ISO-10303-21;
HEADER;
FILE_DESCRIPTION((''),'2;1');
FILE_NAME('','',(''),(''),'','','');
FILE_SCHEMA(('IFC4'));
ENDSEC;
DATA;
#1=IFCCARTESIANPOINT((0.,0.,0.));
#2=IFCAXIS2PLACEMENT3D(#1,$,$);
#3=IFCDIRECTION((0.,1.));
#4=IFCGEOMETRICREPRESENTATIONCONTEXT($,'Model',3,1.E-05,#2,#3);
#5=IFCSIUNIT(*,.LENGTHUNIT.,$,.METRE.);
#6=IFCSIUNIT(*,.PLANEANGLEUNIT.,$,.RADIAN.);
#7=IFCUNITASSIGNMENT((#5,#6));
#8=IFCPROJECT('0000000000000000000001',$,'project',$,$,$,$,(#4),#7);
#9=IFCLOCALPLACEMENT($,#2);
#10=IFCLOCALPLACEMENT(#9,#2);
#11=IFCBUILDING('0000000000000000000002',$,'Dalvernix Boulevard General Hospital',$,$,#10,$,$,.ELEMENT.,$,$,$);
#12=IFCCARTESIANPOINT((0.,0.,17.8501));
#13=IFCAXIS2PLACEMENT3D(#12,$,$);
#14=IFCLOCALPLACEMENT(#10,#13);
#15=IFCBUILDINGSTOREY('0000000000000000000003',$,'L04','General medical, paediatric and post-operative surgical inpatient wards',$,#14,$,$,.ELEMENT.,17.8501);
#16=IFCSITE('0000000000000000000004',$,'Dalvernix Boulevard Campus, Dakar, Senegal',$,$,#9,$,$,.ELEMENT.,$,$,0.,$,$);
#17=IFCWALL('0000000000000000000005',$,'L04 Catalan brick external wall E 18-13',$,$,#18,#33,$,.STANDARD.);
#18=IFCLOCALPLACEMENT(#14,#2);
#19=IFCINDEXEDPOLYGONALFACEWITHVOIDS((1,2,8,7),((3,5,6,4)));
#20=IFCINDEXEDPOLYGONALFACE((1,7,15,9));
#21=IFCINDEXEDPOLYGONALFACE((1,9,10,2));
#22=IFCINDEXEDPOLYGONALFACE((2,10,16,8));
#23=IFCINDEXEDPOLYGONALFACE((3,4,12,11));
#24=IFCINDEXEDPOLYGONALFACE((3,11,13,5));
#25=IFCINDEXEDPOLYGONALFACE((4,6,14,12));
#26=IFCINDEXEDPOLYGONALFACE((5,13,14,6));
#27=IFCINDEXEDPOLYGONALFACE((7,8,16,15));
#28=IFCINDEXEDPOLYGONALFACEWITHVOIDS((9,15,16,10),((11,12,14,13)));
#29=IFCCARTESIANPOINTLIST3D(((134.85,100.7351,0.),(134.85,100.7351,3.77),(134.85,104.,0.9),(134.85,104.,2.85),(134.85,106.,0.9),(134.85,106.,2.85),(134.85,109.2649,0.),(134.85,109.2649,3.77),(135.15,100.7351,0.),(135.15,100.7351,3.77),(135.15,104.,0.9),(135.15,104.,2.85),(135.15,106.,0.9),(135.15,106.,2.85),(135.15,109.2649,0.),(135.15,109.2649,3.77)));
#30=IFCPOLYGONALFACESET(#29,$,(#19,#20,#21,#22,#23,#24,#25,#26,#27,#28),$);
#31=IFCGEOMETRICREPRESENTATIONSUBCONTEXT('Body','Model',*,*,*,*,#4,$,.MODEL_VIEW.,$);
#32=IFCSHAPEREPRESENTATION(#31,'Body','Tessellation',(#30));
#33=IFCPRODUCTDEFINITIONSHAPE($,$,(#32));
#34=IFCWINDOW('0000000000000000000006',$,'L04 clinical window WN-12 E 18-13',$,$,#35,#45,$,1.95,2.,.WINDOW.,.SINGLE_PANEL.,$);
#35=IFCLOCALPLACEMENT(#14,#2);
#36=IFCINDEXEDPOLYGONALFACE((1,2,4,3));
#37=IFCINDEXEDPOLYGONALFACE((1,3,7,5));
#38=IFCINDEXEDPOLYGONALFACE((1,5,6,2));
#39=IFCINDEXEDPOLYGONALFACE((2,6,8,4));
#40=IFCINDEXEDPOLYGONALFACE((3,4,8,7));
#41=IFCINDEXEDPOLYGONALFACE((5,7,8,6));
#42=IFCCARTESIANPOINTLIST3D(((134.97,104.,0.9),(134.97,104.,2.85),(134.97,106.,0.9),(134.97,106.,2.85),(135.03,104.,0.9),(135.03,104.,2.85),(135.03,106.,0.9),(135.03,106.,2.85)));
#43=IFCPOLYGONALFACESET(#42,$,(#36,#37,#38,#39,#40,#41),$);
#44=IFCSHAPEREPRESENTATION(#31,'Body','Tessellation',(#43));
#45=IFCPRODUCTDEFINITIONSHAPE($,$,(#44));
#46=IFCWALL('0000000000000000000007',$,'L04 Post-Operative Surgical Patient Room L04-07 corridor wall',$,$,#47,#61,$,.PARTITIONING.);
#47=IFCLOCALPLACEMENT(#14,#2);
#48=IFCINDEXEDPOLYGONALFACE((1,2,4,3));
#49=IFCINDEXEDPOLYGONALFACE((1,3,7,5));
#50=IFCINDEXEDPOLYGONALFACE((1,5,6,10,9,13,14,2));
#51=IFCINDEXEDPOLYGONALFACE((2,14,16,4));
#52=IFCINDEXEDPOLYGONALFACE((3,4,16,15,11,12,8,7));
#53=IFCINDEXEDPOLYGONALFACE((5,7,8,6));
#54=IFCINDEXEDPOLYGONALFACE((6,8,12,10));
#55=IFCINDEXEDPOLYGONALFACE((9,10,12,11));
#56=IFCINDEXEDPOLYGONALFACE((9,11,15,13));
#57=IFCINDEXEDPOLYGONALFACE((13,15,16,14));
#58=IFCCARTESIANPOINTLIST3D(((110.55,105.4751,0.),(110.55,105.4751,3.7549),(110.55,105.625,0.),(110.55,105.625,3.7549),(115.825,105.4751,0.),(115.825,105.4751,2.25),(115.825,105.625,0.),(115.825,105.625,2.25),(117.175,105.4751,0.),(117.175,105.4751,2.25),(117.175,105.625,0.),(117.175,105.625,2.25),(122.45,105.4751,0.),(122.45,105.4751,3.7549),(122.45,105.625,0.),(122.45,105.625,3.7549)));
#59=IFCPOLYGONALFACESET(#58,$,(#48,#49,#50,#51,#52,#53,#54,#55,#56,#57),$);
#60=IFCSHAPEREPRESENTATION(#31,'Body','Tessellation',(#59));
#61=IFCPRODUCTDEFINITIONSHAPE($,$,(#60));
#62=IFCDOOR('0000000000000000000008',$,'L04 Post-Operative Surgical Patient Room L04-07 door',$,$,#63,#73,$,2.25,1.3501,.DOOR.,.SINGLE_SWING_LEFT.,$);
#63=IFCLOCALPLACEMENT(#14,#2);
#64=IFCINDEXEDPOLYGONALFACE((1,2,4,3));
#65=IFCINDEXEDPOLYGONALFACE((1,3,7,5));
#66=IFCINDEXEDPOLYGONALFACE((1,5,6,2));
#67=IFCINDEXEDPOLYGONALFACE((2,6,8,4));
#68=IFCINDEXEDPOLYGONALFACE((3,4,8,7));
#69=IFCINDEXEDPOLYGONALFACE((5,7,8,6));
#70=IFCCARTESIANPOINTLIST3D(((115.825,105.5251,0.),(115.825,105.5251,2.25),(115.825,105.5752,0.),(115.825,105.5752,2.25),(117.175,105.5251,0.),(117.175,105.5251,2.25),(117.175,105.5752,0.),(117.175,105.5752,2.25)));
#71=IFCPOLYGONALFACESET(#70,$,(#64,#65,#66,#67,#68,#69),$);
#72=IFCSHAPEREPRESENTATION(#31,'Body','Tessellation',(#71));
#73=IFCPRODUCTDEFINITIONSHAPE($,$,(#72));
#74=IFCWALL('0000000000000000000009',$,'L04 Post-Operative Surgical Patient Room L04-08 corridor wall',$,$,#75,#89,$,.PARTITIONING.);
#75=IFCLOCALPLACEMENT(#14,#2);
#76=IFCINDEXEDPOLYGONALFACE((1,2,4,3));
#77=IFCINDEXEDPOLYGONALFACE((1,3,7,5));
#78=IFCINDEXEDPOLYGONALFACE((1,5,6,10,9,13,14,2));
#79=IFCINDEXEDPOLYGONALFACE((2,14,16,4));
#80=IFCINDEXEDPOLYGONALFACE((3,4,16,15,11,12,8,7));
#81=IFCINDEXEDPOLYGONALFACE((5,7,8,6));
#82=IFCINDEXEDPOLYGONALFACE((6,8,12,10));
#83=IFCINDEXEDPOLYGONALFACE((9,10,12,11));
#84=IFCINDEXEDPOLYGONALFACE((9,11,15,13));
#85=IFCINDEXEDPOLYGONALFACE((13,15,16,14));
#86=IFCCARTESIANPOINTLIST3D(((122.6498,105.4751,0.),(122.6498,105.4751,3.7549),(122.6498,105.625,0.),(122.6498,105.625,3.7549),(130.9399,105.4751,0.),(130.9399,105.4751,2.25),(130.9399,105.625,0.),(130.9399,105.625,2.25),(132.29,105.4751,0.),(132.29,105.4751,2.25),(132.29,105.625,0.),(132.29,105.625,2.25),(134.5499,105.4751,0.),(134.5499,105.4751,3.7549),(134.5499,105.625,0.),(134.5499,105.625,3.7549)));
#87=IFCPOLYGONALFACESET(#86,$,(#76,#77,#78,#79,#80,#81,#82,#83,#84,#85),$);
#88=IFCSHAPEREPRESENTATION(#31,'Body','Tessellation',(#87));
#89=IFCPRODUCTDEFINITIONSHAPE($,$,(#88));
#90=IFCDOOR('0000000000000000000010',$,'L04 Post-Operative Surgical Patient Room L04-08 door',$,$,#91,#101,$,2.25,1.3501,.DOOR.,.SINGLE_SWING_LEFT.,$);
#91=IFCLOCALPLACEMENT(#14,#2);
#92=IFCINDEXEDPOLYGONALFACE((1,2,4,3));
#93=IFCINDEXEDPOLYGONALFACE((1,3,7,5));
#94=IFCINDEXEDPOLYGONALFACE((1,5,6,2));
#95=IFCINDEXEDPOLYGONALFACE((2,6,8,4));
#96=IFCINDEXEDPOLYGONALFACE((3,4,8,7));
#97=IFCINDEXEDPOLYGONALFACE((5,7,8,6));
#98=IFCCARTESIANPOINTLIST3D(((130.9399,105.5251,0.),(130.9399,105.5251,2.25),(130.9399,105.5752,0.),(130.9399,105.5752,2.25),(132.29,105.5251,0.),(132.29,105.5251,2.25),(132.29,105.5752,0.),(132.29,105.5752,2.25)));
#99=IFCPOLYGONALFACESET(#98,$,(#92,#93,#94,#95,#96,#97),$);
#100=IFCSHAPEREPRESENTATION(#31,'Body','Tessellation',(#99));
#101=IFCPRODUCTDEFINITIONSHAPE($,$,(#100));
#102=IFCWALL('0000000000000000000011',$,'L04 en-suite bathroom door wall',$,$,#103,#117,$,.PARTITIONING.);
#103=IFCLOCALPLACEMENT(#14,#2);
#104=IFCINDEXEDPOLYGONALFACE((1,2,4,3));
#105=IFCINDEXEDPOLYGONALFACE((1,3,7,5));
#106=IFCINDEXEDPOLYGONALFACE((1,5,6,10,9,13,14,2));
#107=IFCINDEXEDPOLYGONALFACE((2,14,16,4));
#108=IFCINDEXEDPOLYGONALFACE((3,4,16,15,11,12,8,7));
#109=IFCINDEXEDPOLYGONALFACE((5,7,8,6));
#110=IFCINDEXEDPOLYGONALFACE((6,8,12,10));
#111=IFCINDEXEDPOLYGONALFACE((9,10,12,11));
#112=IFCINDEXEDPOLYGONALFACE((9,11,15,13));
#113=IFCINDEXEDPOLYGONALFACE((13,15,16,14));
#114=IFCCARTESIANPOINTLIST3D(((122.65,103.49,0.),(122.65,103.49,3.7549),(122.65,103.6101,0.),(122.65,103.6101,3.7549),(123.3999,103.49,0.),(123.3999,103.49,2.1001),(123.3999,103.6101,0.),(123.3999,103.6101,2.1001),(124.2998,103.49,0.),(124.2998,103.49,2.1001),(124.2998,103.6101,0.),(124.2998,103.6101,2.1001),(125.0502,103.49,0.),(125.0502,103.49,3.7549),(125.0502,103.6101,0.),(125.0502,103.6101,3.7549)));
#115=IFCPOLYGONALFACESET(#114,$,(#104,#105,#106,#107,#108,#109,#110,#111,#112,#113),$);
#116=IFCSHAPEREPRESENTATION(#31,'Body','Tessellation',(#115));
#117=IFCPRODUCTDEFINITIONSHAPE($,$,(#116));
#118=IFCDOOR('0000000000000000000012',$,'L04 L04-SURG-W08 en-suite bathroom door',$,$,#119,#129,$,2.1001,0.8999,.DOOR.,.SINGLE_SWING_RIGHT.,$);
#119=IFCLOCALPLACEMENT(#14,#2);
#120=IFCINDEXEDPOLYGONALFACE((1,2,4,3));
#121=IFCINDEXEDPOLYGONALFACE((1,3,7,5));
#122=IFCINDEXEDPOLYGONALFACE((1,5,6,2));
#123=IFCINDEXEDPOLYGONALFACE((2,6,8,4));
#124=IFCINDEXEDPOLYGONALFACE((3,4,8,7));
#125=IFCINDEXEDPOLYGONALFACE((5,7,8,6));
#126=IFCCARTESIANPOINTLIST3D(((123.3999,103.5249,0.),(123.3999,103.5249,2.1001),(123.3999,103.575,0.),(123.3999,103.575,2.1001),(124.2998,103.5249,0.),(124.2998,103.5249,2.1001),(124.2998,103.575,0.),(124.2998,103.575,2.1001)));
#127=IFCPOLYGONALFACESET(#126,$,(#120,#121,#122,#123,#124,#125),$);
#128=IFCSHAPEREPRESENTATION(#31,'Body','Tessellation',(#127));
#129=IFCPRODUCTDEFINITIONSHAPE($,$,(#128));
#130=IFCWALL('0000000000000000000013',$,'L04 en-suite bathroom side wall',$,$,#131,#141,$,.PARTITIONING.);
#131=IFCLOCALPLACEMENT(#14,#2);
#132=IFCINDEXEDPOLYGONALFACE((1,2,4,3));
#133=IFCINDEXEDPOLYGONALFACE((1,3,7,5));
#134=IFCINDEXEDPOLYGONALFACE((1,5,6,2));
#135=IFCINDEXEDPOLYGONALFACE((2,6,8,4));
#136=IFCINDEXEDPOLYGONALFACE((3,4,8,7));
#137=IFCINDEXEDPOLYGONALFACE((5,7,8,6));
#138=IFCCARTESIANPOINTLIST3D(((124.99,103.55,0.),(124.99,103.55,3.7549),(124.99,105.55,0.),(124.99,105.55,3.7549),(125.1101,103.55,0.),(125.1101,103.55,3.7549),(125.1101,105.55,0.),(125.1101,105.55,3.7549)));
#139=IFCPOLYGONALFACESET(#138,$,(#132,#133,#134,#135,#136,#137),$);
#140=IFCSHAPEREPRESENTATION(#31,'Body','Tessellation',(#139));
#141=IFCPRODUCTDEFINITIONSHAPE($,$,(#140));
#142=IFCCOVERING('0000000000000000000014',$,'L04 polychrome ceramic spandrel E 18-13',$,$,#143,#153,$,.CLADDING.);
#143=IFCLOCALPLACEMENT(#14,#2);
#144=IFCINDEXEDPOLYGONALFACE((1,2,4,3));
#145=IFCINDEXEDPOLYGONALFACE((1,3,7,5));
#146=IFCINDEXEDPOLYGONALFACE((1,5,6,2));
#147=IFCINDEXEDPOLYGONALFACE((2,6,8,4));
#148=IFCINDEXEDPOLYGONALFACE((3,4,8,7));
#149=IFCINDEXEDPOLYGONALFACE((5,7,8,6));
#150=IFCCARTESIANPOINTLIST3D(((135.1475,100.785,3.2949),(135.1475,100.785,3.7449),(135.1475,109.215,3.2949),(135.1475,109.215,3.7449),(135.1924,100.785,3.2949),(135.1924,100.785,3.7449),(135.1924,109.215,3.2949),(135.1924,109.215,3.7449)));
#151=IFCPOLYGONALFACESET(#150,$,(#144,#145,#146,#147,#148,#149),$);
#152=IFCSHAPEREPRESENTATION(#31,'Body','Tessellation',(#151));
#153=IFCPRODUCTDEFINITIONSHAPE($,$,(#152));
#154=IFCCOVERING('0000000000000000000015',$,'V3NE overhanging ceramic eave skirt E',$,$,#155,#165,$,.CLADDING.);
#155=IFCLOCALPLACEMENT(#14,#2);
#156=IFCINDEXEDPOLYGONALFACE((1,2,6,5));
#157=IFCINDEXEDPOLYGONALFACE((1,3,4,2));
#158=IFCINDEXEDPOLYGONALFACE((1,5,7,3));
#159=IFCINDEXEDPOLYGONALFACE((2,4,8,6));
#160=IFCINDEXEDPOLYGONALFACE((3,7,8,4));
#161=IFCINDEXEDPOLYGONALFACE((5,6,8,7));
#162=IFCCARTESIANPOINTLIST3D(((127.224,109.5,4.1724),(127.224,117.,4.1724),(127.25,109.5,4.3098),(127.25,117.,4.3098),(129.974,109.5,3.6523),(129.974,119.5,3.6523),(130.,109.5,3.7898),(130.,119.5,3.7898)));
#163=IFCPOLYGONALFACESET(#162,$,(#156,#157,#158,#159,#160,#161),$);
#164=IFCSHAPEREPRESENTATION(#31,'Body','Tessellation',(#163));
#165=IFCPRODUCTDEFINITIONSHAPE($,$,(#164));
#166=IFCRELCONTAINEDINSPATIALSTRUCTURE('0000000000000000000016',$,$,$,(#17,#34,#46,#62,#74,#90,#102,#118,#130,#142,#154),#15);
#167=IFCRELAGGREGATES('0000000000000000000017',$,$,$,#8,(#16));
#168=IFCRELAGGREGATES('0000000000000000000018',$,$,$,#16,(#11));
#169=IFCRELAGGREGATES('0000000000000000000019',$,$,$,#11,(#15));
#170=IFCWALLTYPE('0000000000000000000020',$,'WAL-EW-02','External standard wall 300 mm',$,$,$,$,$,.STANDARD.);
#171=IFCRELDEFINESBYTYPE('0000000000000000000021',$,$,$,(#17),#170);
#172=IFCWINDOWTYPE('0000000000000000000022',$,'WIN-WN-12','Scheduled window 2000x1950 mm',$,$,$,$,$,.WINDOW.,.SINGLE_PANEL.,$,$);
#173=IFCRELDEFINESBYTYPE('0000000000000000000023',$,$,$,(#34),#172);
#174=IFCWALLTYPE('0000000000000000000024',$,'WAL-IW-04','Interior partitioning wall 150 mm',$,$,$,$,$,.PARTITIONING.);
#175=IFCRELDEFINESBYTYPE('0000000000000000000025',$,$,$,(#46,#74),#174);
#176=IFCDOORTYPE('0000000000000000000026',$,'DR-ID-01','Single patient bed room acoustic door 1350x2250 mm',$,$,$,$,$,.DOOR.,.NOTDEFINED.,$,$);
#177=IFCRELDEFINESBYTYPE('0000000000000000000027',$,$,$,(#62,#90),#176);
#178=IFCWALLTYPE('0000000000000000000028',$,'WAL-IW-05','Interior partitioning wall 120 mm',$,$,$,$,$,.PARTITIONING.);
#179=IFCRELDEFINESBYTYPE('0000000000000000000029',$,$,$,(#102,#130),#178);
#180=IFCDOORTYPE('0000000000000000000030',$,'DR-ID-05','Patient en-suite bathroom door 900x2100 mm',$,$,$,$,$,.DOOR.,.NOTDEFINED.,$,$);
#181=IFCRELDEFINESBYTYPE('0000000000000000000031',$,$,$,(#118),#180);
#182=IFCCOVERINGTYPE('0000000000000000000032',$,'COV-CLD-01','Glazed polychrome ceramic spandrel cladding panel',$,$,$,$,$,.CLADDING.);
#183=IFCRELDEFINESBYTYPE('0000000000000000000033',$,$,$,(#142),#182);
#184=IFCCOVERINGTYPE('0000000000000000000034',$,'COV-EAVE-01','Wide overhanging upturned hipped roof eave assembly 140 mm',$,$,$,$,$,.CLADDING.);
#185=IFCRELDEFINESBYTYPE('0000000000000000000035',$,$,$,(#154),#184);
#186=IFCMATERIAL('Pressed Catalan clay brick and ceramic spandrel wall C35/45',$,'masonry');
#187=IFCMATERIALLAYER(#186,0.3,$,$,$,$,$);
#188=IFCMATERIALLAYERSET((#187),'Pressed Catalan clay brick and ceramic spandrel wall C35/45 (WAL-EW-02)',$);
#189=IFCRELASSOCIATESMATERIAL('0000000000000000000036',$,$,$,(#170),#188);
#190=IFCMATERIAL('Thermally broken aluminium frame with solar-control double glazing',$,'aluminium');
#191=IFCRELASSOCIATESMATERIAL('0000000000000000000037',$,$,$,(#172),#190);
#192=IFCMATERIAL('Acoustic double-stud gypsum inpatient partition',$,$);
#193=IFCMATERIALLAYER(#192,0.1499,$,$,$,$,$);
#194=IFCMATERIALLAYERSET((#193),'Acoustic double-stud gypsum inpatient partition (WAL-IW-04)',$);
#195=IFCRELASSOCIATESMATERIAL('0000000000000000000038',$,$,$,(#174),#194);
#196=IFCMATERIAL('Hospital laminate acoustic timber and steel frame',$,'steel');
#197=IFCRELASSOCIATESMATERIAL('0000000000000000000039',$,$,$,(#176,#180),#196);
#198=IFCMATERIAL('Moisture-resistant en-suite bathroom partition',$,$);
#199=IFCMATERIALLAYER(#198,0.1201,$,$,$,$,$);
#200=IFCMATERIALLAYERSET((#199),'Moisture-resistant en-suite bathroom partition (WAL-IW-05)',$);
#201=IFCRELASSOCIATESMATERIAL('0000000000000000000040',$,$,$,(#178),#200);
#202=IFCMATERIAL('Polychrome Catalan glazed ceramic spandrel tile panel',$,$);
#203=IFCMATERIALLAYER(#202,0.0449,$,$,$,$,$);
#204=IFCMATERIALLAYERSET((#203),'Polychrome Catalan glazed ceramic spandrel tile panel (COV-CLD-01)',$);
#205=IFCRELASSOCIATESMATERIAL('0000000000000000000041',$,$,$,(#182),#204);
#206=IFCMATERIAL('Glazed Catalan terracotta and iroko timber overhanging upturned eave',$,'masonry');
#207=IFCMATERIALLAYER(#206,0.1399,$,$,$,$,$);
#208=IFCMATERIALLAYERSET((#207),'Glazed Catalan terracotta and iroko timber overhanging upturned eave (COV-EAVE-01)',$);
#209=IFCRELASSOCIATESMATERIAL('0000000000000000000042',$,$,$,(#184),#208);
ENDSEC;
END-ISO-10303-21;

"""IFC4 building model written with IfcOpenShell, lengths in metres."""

from ifc_helpers import new_model, si_unit, direction, frame, frame_2d, origin, origin_2d, place, context, subcontext, project, spatial, polyline, rectangle, outline, extrude, material, layer, layer_set, type_object, element, fill, save


model = new_model("IFC4")

# Units and contexts
model_context = context("Model", 3, precision=1e-05, world=origin(), true_north=direction((0.0, 1.0)))
body_context = subcontext(model_context, "Body", "Model", "MODEL_VIEW")
ifc_project = project(units=[si_unit("LENGTHUNIT", "METRE"), si_unit("PLANEANGLEUNIT", "RADIAN")], contexts=[model_context])

# Site, building, storey
site_placement = place(None, origin())
site = spatial("IfcSite", under=ifc_project, at=site_placement, Name="Dalvernix Boulevard Campus, Dakar, Senegal", CompositionType="ELEMENT", RefElevation=0.0)
building_placement = place(site_placement, origin())
building = spatial("IfcBuilding", under=site, at=building_placement, Name="Dalvernix Boulevard General Hospital", CompositionType="ELEMENT")
storey_placement = place(building_placement, frame((0.0, 0.0, 17.8501)))
storey = spatial("IfcBuildingStorey", under=building, at=storey_placement, Name="L04", Description="General medical, paediatric and post-operative surgical inpatient wards", CompositionType="ELEMENT", Elevation=17.8501)

# Wall, opening, window
ifc_material_1 = material(Name="Pressed Catalan clay brick and ceramic spandrel wall C35/45", Category="masonry")
ifc_layer_1 = layer(ifc_material_1, 0.3)
ifc_layer_set_1 = layer_set([ifc_layer_1], Name="Pressed Catalan clay brick and ceramic spandrel wall C35/45 (WAL-EW-02)")
wall_type_1 = type_object("IfcWallType", Name="WAL-EW-02", Description="External standard wall 300 mm", PredefinedType="STANDARD", material=ifc_layer_set_1)
wall_1_placement = place(storey_placement, frame((135.0, 109.2649, 0.0), z_axis=(0.0, 0.0, 1.0), x_axis=(0.0, -1.0, 0.0)))
wall_1 = element("IfcWall", 1, at=wall_1_placement, inside=storey, type_object=wall_type_1, Name="L04 Catalan brick external wall E 18-13", PredefinedType="STANDARD", context=body_context, shape_type="SweptSolid", body=[
    extrude(rectangle(XDim=8.5298, YDim=0.3, at=frame_2d((4.2649, 0.0))), origin(), (0.0, 0.0, 1.0), 3.77),
])
opening_1_placement = place(wall_1_placement, frame((3.2649, 0.0, 0.8999)))
opening_1 = element("IfcOpeningElement", 2, at=opening_1_placement, cuts=wall_1, PredefinedType="OPENING", context=body_context, shape_type="SweptSolid", body=[
    extrude(rectangle(XDim=2.0, YDim=1.95, at=frame_2d((1.0, 0.9751))), frame((0.0, 0.1599, 0.0), z_axis=(0.0, -1.0, 0.0), x_axis=(1.0, 0.0, 0.0)), (0.0, 0.0, 1.0), 0.3201),
])
ifc_material_2 = material(Name="Thermally broken aluminium frame with solar-control double glazing", Category="aluminium")
window_type = type_object("IfcWindowType", Name="WIN-WN-12", Description="Scheduled window 2000x1950 mm", PartitioningType="SINGLE_PANEL", PredefinedType="WINDOW", material=ifc_material_2)
window_placement = place(opening_1_placement, origin())
window = element("IfcWindow", 3, at=window_placement, inside=storey, type_object=window_type, Name="L04 clinical window WN-12 E 18-13", OverallHeight=1.95, OverallWidth=2.0, PartitioningType="SINGLE_PANEL", PredefinedType="WINDOW", context=body_context, shape_type="SweptSolid", body=[
    extrude(rectangle(XDim=2.0, YDim=1.95, at=frame_2d((1.0, 0.9751))), frame((0.0, 0.03, 0.0), z_axis=(0.0, -1.0, 0.0), x_axis=(1.0, 0.0, 0.0)), (0.0, 0.0, 1.0), 0.0601),
])
fill(opening_1, window)

# Walls, openings, doors
ifc_material_3 = material(Name="Acoustic double-stud gypsum inpatient partition")
ifc_layer_2 = layer(ifc_material_3, 0.1499)
ifc_layer_set_2 = layer_set([ifc_layer_2], Name="Acoustic double-stud gypsum inpatient partition (WAL-IW-04)")
wall_type_2 = type_object("IfcWallType", Name="WAL-IW-04", Description="Interior partitioning wall 150 mm", PredefinedType="PARTITIONING", material=ifc_layer_set_2)
wall_2_placement = place(storey_placement, frame((122.45, 105.55, 0.0), z_axis=(0.0, 0.0, 1.0), x_axis=(-1.0, 0.0, 0.0)))
wall_2 = element("IfcWall", 4, at=wall_2_placement, inside=storey, type_object=wall_type_2, Name="L04 Post-Operative Surgical Patient Room L04-07 corridor wall", PredefinedType="PARTITIONING", context=body_context, shape_type="SweptSolid", body=[
    extrude(rectangle(XDim=11.8999, YDim=0.1499, at=frame_2d((5.95, 0.0))), origin(), (0.0, 0.0, 1.0), 3.7549),
])
opening_2_placement = place(wall_2_placement, frame((5.2749, 0.0, 0.0)))
opening_2 = element("IfcOpeningElement", 5, at=opening_2_placement, cuts=wall_2, PredefinedType="OPENING", context=body_context, shape_type="SweptSolid", body=[
    extrude(rectangle(XDim=1.3501, YDim=2.25, at=frame_2d((0.675, 1.125))), frame((0.0, 0.085, 0.0), z_axis=(0.0, -1.0, 0.0), x_axis=(1.0, 0.0, 0.0)), (0.0, 0.0, 1.0), 0.1699),
])
ifc_material_4 = material(Name="Hospital laminate acoustic timber and steel frame", Category="steel")
door_type_1 = type_object("IfcDoorType", Name="DR-ID-01", Description="Single patient bed room acoustic door 1350x2250 mm", OperationType="NOTDEFINED", PredefinedType="DOOR", material=ifc_material_4)
door_1_placement = place(opening_2_placement, origin())
door_1 = element("IfcDoor", 6, at=door_1_placement, inside=storey, type_object=door_type_1, Name="L04 Post-Operative Surgical Patient Room L04-07 door", OperationType="SINGLE_SWING_LEFT", OverallHeight=2.25, OverallWidth=1.3501, PredefinedType="DOOR", context=body_context, shape_type="SweptSolid", body=[
    extrude(rectangle(XDim=1.3501, YDim=2.25, at=frame_2d((0.675, 1.125))), frame((0.0, 0.0249, 0.0), z_axis=(0.0, -1.0, 0.0), x_axis=(1.0, 0.0, 0.0)), (0.0, 0.0, 1.0), 0.05),
])
fill(opening_2, door_1)
wall_3_placement = place(storey_placement, frame((134.55, 105.55, 0.0), z_axis=(0.0, 0.0, 1.0), x_axis=(-1.0, 0.0, 0.0)))
wall_3 = element("IfcWall", 7, at=wall_3_placement, inside=storey, type_object=wall_type_2, Name="L04 Post-Operative Surgical Patient Room L04-08 corridor wall", PredefinedType="PARTITIONING", context=body_context, shape_type="SweptSolid", body=[
    extrude(rectangle(XDim=11.9001, YDim=0.1499, at=frame_2d((5.9502, 0.0))), origin(), (0.0, 0.0, 1.0), 3.7549),
])
opening_3_placement = place(wall_3_placement, frame((2.26, 0.0, 0.0)))
opening_3 = element("IfcOpeningElement", 8, at=opening_3_placement, cuts=wall_3, PredefinedType="OPENING", context=body_context, shape_type="SweptSolid", body=[
    extrude(rectangle(XDim=1.3501, YDim=2.25, at=frame_2d((0.675, 1.125))), frame((0.0, 0.085, 0.0), z_axis=(0.0, -1.0, 0.0), x_axis=(1.0, 0.0, 0.0)), (0.0, 0.0, 1.0), 0.1699),
])
door_2_placement = place(opening_3_placement, origin())
door_2 = element("IfcDoor", 9, at=door_2_placement, inside=storey, type_object=door_type_1, Name="L04 Post-Operative Surgical Patient Room L04-08 door", OperationType="SINGLE_SWING_LEFT", OverallHeight=2.25, OverallWidth=1.3501, PredefinedType="DOOR", context=body_context, shape_type="SweptSolid", body=[
    extrude(rectangle(XDim=1.3501, YDim=2.25, at=frame_2d((0.675, 1.125))), frame((0.0, 0.0249, 0.0), z_axis=(0.0, -1.0, 0.0), x_axis=(1.0, 0.0, 0.0)), (0.0, 0.0, 1.0), 0.05),
])
fill(opening_3, door_2)
ifc_material_5 = material(Name="Moisture-resistant en-suite bathroom partition")
ifc_layer_3 = layer(ifc_material_5, 0.1201)
ifc_layer_set_3 = layer_set([ifc_layer_3], Name="Moisture-resistant en-suite bathroom partition (WAL-IW-05)")
wall_type_3 = type_object("IfcWallType", Name="WAL-IW-05", Description="Interior partitioning wall 120 mm", PredefinedType="PARTITIONING", material=ifc_layer_set_3)
wall_4_placement = place(storey_placement, frame((122.6499, 103.55, 0.0), z_axis=(0.0, 0.0, 1.0), x_axis=(1.0, 0.0, 0.0)))
wall_4 = element("IfcWall", 10, at=wall_4_placement, inside=storey, type_object=wall_type_3, Name="L04 en-suite bathroom door wall", PredefinedType="PARTITIONING", context=body_context, shape_type="SweptSolid", body=[
    extrude(rectangle(XDim=2.4001, YDim=0.1201, at=frame_2d((1.2002, 0.0))), origin(), (0.0, 0.0, 1.0), 3.7549),
])
opening_4_placement = place(wall_4_placement, frame((0.75, 0.0, 0.0)))
opening_4 = element("IfcOpeningElement", 11, at=opening_4_placement, cuts=wall_4, PredefinedType="OPENING", context=body_context, shape_type="SweptSolid", body=[
    extrude(rectangle(XDim=0.8999, YDim=2.1001, at=frame_2d((0.45, 1.05))), frame((0.0, 0.0701, 0.0), z_axis=(0.0, -1.0, 0.0), x_axis=(1.0, 0.0, 0.0)), (0.0, 0.0, 1.0), 0.1401),
])
door_type_2 = type_object("IfcDoorType", Name="DR-ID-05", Description="Patient en-suite bathroom door 900x2100 mm", OperationType="NOTDEFINED", PredefinedType="DOOR", material=ifc_material_4)
door_3_placement = place(opening_4_placement, origin())
door_3 = element("IfcDoor", 12, at=door_3_placement, inside=storey, type_object=door_type_2, Name="L04 L04-SURG-W08 en-suite bathroom door", OperationType="SINGLE_SWING_RIGHT", OverallHeight=2.1001, OverallWidth=0.8999, PredefinedType="DOOR", context=body_context, shape_type="SweptSolid", body=[
    extrude(rectangle(XDim=0.8999, YDim=2.1001, at=frame_2d((0.45, 1.05))), frame((0.0, 0.0249, 0.0), z_axis=(0.0, -1.0, 0.0), x_axis=(1.0, 0.0, 0.0)), (0.0, 0.0, 1.0), 0.05),
])
fill(opening_4, door_3)

# Wall
wall_5_placement = place(storey_placement, frame((125.05, 103.55, 0.0), z_axis=(0.0, 0.0, 1.0), x_axis=(0.0, 1.0, 0.0)))
element("IfcWall", 13, at=wall_5_placement, inside=storey, type_object=wall_type_3, Name="L04 en-suite bathroom side wall", PredefinedType="PARTITIONING", context=body_context, shape_type="SweptSolid", body=[
    extrude(rectangle(XDim=2.0, YDim=0.1201, at=frame_2d((1.0, 0.0))), origin(), (0.0, 0.0, 1.0), 3.7549),
])

# Coverings
ifc_material_6 = material(Name="Polychrome Catalan glazed ceramic spandrel tile panel")
ifc_layer_4 = layer(ifc_material_6, 0.0449)
ifc_layer_set_4 = layer_set([ifc_layer_4], Name="Polychrome Catalan glazed ceramic spandrel tile panel (COV-CLD-01)")
covering_type_1 = type_object("IfcCoveringType", Name="COV-CLD-01", Description="Glazed polychrome ceramic spandrel cladding panel", PredefinedType="CLADDING", material=ifc_layer_set_4)
covering_1_placement = place(storey_placement, frame((135.1699, 105.0, 3.2949), z_axis=(0.0, 0.0, 1.0), x_axis=(0.0, -1.0, 0.0)))
element("IfcCovering", 14, at=covering_1_placement, inside=storey, type_object=covering_type_1, Name="L04 polychrome ceramic spandrel E 18-13", PredefinedType="CLADDING", context=body_context, shape_type="SweptSolid", body=[
    extrude(rectangle(XDim=8.4299, YDim=0.0449, at=origin_2d()), origin(), (0.0, 0.0, 1.0), 0.45),
])
ifc_material_7 = material(Name="Glazed Catalan terracotta and iroko timber overhanging upturned eave", Category="masonry")
ifc_layer_5 = layer(ifc_material_7, 0.1399)
ifc_layer_set_5 = layer_set([ifc_layer_5], Name="Glazed Catalan terracotta and iroko timber overhanging upturned eave (COV-EAVE-01)")
covering_type_2 = type_object("IfcCoveringType", Name="COV-EAVE-01", Description="Wide overhanging upturned hipped roof eave assembly 140 mm", PredefinedType="CLADDING", material=ifc_layer_set_5)
covering_2_placement = place(storey_placement, frame((127.25, 109.5, 4.3098), z_axis=(0.185805, 0.0, 0.982587), x_axis=(0.0, 1.0, 0.0)))
element("IfcCovering", 15, at=covering_2_placement, inside=storey, type_object=covering_type_2, Name="V3NE overhanging ceramic eave skirt E", PredefinedType="CLADDING", context=body_context, shape_type="SweptSolid", body=[
    extrude(outline(polyline([(0.0, 0.0), (7.5, 0.0), (10.0, -2.7987), (0.0, -2.7987), (0.0, 0.0)])), origin(), (0.0, 0.0, -1.0), 0.1399),
])

save(model, "model.ifc")
